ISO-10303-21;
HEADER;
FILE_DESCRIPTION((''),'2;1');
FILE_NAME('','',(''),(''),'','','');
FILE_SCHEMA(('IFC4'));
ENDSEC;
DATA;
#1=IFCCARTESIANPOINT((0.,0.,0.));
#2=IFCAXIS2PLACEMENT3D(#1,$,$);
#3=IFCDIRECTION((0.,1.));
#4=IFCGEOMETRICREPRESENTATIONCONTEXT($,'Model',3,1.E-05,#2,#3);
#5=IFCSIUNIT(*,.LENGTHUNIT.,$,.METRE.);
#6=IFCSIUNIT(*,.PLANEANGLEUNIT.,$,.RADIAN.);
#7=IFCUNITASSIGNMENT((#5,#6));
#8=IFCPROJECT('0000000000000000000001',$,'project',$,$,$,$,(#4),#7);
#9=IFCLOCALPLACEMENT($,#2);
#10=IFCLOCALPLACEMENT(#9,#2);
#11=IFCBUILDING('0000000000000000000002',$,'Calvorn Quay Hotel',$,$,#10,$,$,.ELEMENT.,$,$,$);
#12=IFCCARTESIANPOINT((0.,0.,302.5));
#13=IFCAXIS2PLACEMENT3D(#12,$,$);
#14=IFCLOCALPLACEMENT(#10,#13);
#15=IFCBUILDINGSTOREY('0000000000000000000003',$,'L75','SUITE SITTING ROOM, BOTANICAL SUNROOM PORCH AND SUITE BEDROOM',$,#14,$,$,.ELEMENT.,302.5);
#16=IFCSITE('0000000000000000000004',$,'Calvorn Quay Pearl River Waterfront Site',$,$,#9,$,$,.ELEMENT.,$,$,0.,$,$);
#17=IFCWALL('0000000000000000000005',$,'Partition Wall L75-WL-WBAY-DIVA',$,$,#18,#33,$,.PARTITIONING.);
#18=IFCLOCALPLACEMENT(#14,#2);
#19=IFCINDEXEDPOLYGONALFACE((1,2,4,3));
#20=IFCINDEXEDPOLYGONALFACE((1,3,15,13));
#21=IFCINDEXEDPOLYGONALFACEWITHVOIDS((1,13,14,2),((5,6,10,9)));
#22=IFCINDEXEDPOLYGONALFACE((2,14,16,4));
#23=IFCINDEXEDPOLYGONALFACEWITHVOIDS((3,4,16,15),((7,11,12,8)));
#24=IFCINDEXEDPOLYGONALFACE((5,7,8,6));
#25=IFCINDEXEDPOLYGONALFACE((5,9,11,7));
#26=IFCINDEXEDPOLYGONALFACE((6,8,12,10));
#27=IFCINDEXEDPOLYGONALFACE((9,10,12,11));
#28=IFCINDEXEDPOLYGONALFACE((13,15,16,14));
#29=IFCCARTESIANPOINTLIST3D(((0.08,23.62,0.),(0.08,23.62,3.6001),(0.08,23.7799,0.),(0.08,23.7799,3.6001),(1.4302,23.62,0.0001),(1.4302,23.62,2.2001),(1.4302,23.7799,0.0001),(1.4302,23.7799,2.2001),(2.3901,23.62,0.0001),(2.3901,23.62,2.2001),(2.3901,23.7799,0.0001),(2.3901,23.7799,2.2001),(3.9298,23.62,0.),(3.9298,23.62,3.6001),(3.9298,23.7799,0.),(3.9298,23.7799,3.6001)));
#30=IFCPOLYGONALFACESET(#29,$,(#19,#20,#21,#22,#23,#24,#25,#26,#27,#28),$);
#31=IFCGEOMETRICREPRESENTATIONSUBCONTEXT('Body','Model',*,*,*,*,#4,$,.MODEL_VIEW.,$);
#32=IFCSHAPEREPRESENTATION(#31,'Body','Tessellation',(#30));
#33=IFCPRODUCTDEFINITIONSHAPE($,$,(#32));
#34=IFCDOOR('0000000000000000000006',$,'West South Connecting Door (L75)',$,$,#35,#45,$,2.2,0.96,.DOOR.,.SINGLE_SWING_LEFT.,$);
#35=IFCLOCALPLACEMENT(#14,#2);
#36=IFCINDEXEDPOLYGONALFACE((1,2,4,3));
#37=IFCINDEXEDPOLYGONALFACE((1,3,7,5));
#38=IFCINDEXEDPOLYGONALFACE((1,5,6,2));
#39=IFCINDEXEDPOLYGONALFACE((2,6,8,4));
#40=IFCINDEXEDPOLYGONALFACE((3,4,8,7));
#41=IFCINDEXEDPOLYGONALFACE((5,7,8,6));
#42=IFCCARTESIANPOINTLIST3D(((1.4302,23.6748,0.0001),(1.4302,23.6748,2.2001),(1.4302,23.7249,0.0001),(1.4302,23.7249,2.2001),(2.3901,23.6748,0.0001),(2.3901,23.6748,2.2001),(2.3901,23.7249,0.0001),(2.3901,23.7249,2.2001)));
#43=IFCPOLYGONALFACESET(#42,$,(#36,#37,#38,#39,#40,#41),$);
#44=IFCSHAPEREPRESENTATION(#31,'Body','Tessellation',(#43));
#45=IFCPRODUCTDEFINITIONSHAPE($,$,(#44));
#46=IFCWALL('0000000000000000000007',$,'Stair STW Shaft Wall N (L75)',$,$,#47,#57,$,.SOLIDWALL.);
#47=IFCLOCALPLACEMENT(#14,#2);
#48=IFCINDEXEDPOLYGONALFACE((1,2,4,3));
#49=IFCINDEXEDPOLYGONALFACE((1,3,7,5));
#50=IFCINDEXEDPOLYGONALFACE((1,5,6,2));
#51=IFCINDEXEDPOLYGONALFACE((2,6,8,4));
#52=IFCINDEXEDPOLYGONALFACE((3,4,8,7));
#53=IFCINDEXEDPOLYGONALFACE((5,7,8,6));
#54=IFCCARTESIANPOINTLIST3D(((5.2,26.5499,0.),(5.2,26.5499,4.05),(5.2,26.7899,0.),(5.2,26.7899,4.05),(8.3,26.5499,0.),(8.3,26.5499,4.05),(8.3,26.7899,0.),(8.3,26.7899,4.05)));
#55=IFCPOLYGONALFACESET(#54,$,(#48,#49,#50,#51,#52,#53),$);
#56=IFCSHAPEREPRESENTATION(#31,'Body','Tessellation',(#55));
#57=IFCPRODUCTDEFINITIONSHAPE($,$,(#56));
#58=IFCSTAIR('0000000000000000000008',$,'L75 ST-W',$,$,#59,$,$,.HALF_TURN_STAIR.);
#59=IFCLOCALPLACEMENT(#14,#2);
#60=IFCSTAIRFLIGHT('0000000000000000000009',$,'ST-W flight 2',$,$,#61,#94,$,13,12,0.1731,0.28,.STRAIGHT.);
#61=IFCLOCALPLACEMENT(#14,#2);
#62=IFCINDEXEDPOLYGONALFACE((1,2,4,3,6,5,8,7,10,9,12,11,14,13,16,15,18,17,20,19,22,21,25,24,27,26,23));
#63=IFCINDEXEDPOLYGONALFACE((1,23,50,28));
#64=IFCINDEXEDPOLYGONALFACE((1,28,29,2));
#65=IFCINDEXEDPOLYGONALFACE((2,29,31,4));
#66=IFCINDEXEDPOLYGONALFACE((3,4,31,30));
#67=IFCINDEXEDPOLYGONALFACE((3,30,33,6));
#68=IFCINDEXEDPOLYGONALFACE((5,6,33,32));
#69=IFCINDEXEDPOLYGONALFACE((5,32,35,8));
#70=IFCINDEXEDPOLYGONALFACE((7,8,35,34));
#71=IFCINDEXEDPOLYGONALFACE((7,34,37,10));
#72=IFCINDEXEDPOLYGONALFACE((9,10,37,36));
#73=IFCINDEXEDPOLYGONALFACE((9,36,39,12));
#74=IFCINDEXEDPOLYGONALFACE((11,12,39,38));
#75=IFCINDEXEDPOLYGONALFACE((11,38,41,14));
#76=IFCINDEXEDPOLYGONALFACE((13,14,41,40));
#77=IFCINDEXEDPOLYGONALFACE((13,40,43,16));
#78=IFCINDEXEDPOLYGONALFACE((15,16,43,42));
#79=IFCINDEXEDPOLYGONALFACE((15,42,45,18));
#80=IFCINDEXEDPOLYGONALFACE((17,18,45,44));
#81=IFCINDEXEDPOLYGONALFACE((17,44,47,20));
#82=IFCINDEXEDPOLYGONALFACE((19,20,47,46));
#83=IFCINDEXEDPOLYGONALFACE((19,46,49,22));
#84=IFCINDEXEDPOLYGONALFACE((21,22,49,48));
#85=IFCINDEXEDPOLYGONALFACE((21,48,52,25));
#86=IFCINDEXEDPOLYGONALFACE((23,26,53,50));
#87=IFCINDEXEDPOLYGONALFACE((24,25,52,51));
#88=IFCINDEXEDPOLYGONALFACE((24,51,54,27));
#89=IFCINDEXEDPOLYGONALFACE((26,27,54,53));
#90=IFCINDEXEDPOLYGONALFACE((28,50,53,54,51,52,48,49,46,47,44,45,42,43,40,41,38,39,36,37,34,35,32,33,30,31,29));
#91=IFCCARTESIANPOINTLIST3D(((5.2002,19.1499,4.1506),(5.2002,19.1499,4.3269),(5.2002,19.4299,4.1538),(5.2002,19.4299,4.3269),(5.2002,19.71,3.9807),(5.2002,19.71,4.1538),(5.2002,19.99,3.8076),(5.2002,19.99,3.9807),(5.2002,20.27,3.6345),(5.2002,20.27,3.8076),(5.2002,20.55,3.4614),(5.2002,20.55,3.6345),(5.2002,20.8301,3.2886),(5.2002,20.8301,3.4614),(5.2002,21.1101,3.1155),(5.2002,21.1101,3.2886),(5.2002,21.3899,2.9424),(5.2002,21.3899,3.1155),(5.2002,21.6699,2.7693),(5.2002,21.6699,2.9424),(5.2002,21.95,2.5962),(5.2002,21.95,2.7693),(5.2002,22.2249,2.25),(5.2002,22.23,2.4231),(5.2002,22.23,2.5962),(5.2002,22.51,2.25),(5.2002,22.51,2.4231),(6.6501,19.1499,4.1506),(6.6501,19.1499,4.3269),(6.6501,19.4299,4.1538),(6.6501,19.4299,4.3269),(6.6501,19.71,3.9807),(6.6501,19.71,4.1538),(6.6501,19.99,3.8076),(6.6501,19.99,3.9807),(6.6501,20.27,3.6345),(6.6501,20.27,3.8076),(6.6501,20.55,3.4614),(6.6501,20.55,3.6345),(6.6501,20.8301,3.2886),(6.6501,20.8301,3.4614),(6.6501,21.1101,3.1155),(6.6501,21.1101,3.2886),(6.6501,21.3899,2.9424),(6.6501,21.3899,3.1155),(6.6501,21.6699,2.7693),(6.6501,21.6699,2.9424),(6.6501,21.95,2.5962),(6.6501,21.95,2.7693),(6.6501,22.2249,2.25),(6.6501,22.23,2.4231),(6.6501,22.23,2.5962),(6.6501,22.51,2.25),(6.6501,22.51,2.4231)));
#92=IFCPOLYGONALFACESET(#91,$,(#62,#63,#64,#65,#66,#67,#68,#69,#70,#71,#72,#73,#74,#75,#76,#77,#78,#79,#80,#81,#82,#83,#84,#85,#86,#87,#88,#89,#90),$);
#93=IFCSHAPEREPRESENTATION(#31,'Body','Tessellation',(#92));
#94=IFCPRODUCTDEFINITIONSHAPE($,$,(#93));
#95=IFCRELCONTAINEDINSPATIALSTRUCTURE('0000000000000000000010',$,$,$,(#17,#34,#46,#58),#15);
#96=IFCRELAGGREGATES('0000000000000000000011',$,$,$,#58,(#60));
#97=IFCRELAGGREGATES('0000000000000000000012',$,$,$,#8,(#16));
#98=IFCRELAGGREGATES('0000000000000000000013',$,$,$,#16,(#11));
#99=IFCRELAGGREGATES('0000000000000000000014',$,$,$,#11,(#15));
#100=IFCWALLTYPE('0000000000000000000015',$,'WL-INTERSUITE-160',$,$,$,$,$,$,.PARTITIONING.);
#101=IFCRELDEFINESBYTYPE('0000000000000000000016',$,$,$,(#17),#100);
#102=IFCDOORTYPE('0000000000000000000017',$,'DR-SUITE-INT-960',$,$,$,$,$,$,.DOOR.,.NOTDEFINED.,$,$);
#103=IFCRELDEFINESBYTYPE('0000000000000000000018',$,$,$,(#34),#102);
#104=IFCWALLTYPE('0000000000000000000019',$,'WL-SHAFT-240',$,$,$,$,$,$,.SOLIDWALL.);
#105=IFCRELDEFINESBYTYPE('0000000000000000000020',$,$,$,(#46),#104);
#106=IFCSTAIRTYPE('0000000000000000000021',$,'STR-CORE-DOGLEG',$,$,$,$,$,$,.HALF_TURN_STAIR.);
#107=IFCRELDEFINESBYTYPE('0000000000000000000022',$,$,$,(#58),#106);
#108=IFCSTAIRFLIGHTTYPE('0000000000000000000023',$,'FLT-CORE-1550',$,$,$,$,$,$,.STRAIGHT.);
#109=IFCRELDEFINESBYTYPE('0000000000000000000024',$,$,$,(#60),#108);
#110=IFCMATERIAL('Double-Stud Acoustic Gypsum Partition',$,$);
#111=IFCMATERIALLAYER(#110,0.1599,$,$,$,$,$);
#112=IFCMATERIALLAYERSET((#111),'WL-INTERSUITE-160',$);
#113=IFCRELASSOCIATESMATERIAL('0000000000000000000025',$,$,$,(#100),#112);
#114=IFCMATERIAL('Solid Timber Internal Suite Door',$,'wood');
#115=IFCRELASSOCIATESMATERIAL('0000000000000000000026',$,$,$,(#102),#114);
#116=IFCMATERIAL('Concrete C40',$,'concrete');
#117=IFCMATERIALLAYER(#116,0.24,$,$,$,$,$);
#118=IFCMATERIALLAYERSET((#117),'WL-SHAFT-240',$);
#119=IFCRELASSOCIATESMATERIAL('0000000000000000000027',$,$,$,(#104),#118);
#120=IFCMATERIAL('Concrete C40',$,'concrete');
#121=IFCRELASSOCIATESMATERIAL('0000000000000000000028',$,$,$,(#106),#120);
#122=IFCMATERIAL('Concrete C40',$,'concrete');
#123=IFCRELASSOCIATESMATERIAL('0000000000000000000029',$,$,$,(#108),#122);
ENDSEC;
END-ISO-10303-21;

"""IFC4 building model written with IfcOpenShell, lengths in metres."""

from ifc_helpers import new_model, si_unit, direction, frame, frame_2d, origin, place, context, subcontext, project, spatial, polyline, rectangle, outline, extrude, material, layer, layer_set, type_object, element, fill, aggregate, save


model = new_model("IFC4")

# Units and contexts
model_context = context("Model", 3, precision=1e-05, world=origin(), true_north=direction((0.0, 1.0)))
body_context = subcontext(model_context, "Body", "Model", "MODEL_VIEW")
ifc_project = project(units=[si_unit("LENGTHUNIT", "METRE"), si_unit("PLANEANGLEUNIT", "RADIAN")], contexts=[model_context])

# Site, building, storey
site_placement = place(None, origin())
site = spatial("IfcSite", under=ifc_project, at=site_placement, Name="Calvorn Quay Pearl River Waterfront Site", CompositionType="ELEMENT", RefElevation=0.0)
building_placement = place(site_placement, origin())
building = spatial("IfcBuilding", under=site, at=building_placement, Name="Calvorn Quay Hotel", CompositionType="ELEMENT")
storey_placement = place(building_placement, frame((0.0, 0.0, 302.5)))
storey = spatial("IfcBuildingStorey", under=building, at=storey_placement, Name="L75", Description="SUITE SITTING ROOM, BOTANICAL SUNROOM PORCH AND SUITE BEDROOM", CompositionType="ELEMENT", Elevation=302.5)

# Wall, opening, door
ifc_material_1 = material(Name="Double-Stud Acoustic Gypsum Partition")
ifc_layer_1 = layer(ifc_material_1, 0.1599)
ifc_layer_set_1 = layer_set([ifc_layer_1], Name="WL-INTERSUITE-160")
wall_type_1 = type_object("IfcWallType", Name="WL-INTERSUITE-160", PredefinedType="PARTITIONING", material=ifc_layer_set_1)
wall_1_placement = place(storey_placement, frame((0.0801, 23.7, 0.0), z_axis=(0.0, 0.0, 1.0), x_axis=(1.0, 0.0, 0.0)))
wall_1 = element("IfcWall", 1, at=wall_1_placement, inside=storey, type_object=wall_type_1, Name="Partition Wall L75-WL-WBAY-DIVA", PredefinedType="PARTITIONING", context=body_context, shape_type="SweptSolid", body=[
    extrude(rectangle(XDim=3.8499, YDim=0.1599, at=frame_2d((1.9248, 0.0))), origin(), (0.0, 0.0, 1.0), 3.6001),
])
opening_placement = place(wall_1_placement, frame((1.3501, 0.0, 0.0)))
opening = element("IfcOpeningElement", 2, at=opening_placement, cuts=wall_1, PredefinedType="OPENING", context=body_context, shape_type="SweptSolid", body=[
    extrude(rectangle(XDim=0.96, YDim=2.2, at=frame_2d((0.48, 1.1001))), frame((0.0, 0.0898, 0.0), z_axis=(0.0, -1.0, 0.0), x_axis=(1.0, 0.0, 0.0)), (0.0, 0.0, 1.0), 0.1799),
])
ifc_material_2 = material(Name="Solid Timber Internal Suite Door", Category="wood")
door_type = type_object("IfcDoorType", Name="DR-SUITE-INT-960", OperationType="NOTDEFINED", PredefinedType="DOOR", material=ifc_material_2)
door_placement = place(opening_placement, origin())
door = element("IfcDoor", 3, at=door_placement, inside=storey, type_object=door_type, Name="West South Connecting Door (L75)", OperationType="SINGLE_SWING_LEFT", OverallHeight=2.2, OverallWidth=0.96, PredefinedType="DOOR", context=body_context, shape_type="SweptSolid", body=[
    extrude(rectangle(XDim=0.96, YDim=2.2, at=frame_2d((0.48, 1.1001))), frame((0.0, 0.0249, 0.0), z_axis=(0.0, -1.0, 0.0), x_axis=(1.0, 0.0, 0.0)), (0.0, 0.0, 1.0), 0.05),
])
fill(opening, door)

# Wall
ifc_material_3 = material(Name="Concrete C40", Category="concrete")
ifc_layer_2 = layer(ifc_material_3, 0.24)
ifc_layer_set_2 = layer_set([ifc_layer_2], Name="WL-SHAFT-240")
wall_type_2 = type_object("IfcWallType", Name="WL-SHAFT-240", PredefinedType="SOLIDWALL", material=ifc_layer_set_2)
wall_2_placement = place(storey_placement, frame((5.2, 26.6699, 0.0), z_axis=(0.0, 0.0, 1.0), x_axis=(1.0, 0.0, 0.0)))
element("IfcWall", 4, at=wall_2_placement, inside=storey, type_object=wall_type_2, Name="Stair STW Shaft Wall N (L75)", PredefinedType="SOLIDWALL", context=body_context, shape_type="SweptSolid", body=[
    extrude(rectangle(XDim=3.1001, YDim=0.24, at=frame_2d((1.55, 0.0))), origin(), (0.0, 0.0, 1.0), 4.05),
])

# Stair, stair flight
ifc_material_4 = material(Name="Concrete C40", Category="concrete")
stair_type = type_object("IfcStairType", Name="STR-CORE-DOGLEG", PredefinedType="HALF_TURN_STAIR", material=ifc_material_4)
stair_placement = place(storey_placement, origin())
stair = element("IfcStair", 5, at=stair_placement, inside=storey, type_object=stair_type, Name="L75 ST-W", PredefinedType="HALF_TURN_STAIR")
ifc_material_5 = material(Name="Concrete C40", Category="concrete")
stair_flight_type = type_object("IfcStairFlightType", Name="FLT-CORE-1550", PredefinedType="STRAIGHT", material=ifc_material_5)
stair_flight_placement = place(storey_placement, frame((5.925, 22.51, 2.25), z_axis=(0.0, 0.0, 1.0), x_axis=(0.0, -1.0, 0.0)))
stair_flight = element("IfcStairFlight", 6, at=stair_flight_placement, type_object=stair_flight_type, Name="ST-W flight 2", NumberOfRisers=13, NumberOfTreads=12, PredefinedType="STRAIGHT", RiserHeight=0.1731, TreadLength=0.28, context=body_context, shape_type="SweptSolid", body=[
    extrude(outline(polyline([(0.0, 0.0), (0.0, 0.1731), (0.28, 0.1731), (0.28, 0.3462), (0.5601, 0.3462), (0.5601, 0.5193), (0.8401, 0.5193), (0.8401, 0.6924), (1.1201, 0.6924), (1.1201, 0.8655), (1.3999, 0.8655), (1.3999, 1.0386), (1.6799, 1.0386), (1.6799, 1.2114), (1.96, 1.2114), (1.96, 1.3845), (2.24, 1.3845), (2.24, 1.5576), (2.52, 1.5576), (2.52, 1.7307), (2.8, 1.7307), (2.8, 1.9038), (3.0801, 1.9038), (3.0801, 2.0769), (3.3601, 2.0769), (3.3601, 2.25), (3.3601, 1.9006), (0.2852, 0.0), (0.0, 0.0)])), frame((0.0, 0.7251, 0.0), z_axis=(0.0, -1.0, 0.0), x_axis=(1.0, 0.0, 0.0)), (0.0, 0.0, 1.0), 1.45),
])
aggregate(stair, [stair_flight])

save(model, "model.ifc")
